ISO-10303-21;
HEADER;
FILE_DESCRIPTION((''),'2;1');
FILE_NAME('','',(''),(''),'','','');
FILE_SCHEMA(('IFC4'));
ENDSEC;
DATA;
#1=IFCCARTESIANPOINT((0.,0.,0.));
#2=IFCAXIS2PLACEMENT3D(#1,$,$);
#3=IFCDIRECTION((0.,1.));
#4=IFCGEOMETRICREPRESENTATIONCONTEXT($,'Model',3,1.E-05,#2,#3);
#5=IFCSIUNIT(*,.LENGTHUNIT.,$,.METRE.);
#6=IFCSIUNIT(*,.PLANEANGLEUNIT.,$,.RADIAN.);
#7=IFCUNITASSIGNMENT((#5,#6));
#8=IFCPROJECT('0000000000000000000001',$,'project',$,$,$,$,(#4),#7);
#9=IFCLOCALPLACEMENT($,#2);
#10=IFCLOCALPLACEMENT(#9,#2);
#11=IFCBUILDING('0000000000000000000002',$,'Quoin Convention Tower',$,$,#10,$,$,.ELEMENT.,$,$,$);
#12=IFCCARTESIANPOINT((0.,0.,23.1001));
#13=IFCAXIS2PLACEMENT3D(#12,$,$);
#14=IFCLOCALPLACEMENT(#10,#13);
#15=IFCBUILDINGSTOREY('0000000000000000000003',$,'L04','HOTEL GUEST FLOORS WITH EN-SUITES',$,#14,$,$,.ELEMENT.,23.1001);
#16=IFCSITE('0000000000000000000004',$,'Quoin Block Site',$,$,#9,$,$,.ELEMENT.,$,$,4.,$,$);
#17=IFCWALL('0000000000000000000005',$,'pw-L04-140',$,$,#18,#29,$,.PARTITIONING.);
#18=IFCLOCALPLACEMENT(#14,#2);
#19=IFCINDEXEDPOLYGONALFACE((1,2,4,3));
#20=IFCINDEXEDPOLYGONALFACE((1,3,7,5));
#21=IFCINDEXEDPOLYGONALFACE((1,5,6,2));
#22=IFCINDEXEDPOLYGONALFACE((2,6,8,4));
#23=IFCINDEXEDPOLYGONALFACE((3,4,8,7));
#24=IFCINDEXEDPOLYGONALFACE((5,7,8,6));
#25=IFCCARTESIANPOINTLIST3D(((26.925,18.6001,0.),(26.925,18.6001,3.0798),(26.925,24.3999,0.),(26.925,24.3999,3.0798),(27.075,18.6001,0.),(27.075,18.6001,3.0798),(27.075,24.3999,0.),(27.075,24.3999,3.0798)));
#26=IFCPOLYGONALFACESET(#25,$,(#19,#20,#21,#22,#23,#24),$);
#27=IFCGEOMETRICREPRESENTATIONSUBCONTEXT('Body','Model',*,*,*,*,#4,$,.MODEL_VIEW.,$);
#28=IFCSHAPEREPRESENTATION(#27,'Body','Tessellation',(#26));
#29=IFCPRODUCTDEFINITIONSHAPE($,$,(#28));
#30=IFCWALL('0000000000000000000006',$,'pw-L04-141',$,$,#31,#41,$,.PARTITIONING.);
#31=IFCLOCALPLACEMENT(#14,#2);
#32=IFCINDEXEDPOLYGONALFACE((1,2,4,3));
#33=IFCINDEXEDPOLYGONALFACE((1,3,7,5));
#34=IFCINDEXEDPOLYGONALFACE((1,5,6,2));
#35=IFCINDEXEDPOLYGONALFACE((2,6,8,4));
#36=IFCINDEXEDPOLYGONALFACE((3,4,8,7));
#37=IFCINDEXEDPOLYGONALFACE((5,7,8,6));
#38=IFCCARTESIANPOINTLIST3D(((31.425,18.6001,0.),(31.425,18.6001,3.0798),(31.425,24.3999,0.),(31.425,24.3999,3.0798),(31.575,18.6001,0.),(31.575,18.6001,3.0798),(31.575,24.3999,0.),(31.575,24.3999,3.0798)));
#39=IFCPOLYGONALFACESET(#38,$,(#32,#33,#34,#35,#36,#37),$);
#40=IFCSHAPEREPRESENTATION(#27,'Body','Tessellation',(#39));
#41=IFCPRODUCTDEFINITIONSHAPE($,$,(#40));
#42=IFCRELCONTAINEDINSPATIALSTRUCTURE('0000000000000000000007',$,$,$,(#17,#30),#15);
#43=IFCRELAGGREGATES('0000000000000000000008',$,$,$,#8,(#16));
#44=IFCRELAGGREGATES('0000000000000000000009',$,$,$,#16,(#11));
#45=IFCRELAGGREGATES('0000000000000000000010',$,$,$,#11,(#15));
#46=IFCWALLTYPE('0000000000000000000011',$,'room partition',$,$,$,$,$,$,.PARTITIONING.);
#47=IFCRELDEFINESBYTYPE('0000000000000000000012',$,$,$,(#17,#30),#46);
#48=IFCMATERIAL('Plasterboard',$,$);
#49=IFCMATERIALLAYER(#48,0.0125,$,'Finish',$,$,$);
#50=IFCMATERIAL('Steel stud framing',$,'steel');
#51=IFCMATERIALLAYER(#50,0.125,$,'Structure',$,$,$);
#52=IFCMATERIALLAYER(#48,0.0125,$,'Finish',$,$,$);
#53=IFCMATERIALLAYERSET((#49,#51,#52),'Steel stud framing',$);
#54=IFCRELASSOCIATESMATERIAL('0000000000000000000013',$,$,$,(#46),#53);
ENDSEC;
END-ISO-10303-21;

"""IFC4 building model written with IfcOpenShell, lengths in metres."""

from ifc_helpers import new_model, si_unit, direction, frame, frame_2d, origin, place, context, subcontext, project, spatial, rectangle, extrude, material, layer, layer_set, type_object, element, save


model = new_model("IFC4")

# Units and contexts
model_context = context("Model", 3, precision=1e-05, world=origin(), true_north=direction((0.0, 1.0)))
body_context = subcontext(model_context, "Body", "Model", "MODEL_VIEW")
ifc_project = project(units=[si_unit("LENGTHUNIT", "METRE"), si_unit("PLANEANGLEUNIT", "RADIAN")], contexts=[model_context])

# Site, building, storey
site_placement = place(None, origin())
site = spatial("IfcSite", under=ifc_project, at=site_placement, Name="Quoin Block Site", CompositionType="ELEMENT", RefElevation=4.0)
building_placement = place(site_placement, origin())
building = spatial("IfcBuilding", under=site, at=building_placement, Name="Quoin Convention Tower", CompositionType="ELEMENT")
storey_placement = place(building_placement, frame((0.0, 0.0, 23.1001)))
storey = spatial("IfcBuildingStorey", under=building, at=storey_placement, Name="L04", Description="HOTEL GUEST FLOORS WITH EN-SUITES", CompositionType="ELEMENT", Elevation=23.1001)

# Walls
ifc_material_1 = material(Name="Plasterboard")
ifc_layer_1 = layer(ifc_material_1, 0.0125, Name="Finish")
ifc_material_2 = material(Name="Steel stud framing", Category="steel")
ifc_layer_2 = layer(ifc_material_2, 0.125, Name="Structure")
ifc_layer_3 = layer(ifc_material_1, 0.0125, Name="Finish")
ifc_layer_set_1 = layer_set([ifc_layer_1, ifc_layer_2, ifc_layer_3], Name="Steel stud framing")
wall_type_1 = type_object("IfcWallType", Name="room partition", PredefinedType="PARTITIONING", material=ifc_layer_set_1)
for number, where, z_axis, x_axis, name in (
    (1, (27.0, 18.6001, 0.0), (0.0, 0.0, 1.0), (0.0, 1.0, 0.0), "pw-L04-140"),
    (2, (31.5, 18.6001, 0.0), (0.0, 0.0, 1.0), (0.0, 1.0, 0.0), "pw-L04-141"),
):
    element("IfcWall", number, at=place(storey_placement, frame(where, z_axis=z_axis, x_axis=x_axis)), inside=storey, type_object=wall_type_1, Name=name, PredefinedType="PARTITIONING", context=body_context, shape_type="SweptSolid", body=[
        extrude(rectangle(XDim=5.7998, YDim=0.1499, at=frame_2d((2.8999, 0.0))), origin(), (0.0, 0.0, 1.0), 3.0798),
    ])

save(model, "model.ifc")
